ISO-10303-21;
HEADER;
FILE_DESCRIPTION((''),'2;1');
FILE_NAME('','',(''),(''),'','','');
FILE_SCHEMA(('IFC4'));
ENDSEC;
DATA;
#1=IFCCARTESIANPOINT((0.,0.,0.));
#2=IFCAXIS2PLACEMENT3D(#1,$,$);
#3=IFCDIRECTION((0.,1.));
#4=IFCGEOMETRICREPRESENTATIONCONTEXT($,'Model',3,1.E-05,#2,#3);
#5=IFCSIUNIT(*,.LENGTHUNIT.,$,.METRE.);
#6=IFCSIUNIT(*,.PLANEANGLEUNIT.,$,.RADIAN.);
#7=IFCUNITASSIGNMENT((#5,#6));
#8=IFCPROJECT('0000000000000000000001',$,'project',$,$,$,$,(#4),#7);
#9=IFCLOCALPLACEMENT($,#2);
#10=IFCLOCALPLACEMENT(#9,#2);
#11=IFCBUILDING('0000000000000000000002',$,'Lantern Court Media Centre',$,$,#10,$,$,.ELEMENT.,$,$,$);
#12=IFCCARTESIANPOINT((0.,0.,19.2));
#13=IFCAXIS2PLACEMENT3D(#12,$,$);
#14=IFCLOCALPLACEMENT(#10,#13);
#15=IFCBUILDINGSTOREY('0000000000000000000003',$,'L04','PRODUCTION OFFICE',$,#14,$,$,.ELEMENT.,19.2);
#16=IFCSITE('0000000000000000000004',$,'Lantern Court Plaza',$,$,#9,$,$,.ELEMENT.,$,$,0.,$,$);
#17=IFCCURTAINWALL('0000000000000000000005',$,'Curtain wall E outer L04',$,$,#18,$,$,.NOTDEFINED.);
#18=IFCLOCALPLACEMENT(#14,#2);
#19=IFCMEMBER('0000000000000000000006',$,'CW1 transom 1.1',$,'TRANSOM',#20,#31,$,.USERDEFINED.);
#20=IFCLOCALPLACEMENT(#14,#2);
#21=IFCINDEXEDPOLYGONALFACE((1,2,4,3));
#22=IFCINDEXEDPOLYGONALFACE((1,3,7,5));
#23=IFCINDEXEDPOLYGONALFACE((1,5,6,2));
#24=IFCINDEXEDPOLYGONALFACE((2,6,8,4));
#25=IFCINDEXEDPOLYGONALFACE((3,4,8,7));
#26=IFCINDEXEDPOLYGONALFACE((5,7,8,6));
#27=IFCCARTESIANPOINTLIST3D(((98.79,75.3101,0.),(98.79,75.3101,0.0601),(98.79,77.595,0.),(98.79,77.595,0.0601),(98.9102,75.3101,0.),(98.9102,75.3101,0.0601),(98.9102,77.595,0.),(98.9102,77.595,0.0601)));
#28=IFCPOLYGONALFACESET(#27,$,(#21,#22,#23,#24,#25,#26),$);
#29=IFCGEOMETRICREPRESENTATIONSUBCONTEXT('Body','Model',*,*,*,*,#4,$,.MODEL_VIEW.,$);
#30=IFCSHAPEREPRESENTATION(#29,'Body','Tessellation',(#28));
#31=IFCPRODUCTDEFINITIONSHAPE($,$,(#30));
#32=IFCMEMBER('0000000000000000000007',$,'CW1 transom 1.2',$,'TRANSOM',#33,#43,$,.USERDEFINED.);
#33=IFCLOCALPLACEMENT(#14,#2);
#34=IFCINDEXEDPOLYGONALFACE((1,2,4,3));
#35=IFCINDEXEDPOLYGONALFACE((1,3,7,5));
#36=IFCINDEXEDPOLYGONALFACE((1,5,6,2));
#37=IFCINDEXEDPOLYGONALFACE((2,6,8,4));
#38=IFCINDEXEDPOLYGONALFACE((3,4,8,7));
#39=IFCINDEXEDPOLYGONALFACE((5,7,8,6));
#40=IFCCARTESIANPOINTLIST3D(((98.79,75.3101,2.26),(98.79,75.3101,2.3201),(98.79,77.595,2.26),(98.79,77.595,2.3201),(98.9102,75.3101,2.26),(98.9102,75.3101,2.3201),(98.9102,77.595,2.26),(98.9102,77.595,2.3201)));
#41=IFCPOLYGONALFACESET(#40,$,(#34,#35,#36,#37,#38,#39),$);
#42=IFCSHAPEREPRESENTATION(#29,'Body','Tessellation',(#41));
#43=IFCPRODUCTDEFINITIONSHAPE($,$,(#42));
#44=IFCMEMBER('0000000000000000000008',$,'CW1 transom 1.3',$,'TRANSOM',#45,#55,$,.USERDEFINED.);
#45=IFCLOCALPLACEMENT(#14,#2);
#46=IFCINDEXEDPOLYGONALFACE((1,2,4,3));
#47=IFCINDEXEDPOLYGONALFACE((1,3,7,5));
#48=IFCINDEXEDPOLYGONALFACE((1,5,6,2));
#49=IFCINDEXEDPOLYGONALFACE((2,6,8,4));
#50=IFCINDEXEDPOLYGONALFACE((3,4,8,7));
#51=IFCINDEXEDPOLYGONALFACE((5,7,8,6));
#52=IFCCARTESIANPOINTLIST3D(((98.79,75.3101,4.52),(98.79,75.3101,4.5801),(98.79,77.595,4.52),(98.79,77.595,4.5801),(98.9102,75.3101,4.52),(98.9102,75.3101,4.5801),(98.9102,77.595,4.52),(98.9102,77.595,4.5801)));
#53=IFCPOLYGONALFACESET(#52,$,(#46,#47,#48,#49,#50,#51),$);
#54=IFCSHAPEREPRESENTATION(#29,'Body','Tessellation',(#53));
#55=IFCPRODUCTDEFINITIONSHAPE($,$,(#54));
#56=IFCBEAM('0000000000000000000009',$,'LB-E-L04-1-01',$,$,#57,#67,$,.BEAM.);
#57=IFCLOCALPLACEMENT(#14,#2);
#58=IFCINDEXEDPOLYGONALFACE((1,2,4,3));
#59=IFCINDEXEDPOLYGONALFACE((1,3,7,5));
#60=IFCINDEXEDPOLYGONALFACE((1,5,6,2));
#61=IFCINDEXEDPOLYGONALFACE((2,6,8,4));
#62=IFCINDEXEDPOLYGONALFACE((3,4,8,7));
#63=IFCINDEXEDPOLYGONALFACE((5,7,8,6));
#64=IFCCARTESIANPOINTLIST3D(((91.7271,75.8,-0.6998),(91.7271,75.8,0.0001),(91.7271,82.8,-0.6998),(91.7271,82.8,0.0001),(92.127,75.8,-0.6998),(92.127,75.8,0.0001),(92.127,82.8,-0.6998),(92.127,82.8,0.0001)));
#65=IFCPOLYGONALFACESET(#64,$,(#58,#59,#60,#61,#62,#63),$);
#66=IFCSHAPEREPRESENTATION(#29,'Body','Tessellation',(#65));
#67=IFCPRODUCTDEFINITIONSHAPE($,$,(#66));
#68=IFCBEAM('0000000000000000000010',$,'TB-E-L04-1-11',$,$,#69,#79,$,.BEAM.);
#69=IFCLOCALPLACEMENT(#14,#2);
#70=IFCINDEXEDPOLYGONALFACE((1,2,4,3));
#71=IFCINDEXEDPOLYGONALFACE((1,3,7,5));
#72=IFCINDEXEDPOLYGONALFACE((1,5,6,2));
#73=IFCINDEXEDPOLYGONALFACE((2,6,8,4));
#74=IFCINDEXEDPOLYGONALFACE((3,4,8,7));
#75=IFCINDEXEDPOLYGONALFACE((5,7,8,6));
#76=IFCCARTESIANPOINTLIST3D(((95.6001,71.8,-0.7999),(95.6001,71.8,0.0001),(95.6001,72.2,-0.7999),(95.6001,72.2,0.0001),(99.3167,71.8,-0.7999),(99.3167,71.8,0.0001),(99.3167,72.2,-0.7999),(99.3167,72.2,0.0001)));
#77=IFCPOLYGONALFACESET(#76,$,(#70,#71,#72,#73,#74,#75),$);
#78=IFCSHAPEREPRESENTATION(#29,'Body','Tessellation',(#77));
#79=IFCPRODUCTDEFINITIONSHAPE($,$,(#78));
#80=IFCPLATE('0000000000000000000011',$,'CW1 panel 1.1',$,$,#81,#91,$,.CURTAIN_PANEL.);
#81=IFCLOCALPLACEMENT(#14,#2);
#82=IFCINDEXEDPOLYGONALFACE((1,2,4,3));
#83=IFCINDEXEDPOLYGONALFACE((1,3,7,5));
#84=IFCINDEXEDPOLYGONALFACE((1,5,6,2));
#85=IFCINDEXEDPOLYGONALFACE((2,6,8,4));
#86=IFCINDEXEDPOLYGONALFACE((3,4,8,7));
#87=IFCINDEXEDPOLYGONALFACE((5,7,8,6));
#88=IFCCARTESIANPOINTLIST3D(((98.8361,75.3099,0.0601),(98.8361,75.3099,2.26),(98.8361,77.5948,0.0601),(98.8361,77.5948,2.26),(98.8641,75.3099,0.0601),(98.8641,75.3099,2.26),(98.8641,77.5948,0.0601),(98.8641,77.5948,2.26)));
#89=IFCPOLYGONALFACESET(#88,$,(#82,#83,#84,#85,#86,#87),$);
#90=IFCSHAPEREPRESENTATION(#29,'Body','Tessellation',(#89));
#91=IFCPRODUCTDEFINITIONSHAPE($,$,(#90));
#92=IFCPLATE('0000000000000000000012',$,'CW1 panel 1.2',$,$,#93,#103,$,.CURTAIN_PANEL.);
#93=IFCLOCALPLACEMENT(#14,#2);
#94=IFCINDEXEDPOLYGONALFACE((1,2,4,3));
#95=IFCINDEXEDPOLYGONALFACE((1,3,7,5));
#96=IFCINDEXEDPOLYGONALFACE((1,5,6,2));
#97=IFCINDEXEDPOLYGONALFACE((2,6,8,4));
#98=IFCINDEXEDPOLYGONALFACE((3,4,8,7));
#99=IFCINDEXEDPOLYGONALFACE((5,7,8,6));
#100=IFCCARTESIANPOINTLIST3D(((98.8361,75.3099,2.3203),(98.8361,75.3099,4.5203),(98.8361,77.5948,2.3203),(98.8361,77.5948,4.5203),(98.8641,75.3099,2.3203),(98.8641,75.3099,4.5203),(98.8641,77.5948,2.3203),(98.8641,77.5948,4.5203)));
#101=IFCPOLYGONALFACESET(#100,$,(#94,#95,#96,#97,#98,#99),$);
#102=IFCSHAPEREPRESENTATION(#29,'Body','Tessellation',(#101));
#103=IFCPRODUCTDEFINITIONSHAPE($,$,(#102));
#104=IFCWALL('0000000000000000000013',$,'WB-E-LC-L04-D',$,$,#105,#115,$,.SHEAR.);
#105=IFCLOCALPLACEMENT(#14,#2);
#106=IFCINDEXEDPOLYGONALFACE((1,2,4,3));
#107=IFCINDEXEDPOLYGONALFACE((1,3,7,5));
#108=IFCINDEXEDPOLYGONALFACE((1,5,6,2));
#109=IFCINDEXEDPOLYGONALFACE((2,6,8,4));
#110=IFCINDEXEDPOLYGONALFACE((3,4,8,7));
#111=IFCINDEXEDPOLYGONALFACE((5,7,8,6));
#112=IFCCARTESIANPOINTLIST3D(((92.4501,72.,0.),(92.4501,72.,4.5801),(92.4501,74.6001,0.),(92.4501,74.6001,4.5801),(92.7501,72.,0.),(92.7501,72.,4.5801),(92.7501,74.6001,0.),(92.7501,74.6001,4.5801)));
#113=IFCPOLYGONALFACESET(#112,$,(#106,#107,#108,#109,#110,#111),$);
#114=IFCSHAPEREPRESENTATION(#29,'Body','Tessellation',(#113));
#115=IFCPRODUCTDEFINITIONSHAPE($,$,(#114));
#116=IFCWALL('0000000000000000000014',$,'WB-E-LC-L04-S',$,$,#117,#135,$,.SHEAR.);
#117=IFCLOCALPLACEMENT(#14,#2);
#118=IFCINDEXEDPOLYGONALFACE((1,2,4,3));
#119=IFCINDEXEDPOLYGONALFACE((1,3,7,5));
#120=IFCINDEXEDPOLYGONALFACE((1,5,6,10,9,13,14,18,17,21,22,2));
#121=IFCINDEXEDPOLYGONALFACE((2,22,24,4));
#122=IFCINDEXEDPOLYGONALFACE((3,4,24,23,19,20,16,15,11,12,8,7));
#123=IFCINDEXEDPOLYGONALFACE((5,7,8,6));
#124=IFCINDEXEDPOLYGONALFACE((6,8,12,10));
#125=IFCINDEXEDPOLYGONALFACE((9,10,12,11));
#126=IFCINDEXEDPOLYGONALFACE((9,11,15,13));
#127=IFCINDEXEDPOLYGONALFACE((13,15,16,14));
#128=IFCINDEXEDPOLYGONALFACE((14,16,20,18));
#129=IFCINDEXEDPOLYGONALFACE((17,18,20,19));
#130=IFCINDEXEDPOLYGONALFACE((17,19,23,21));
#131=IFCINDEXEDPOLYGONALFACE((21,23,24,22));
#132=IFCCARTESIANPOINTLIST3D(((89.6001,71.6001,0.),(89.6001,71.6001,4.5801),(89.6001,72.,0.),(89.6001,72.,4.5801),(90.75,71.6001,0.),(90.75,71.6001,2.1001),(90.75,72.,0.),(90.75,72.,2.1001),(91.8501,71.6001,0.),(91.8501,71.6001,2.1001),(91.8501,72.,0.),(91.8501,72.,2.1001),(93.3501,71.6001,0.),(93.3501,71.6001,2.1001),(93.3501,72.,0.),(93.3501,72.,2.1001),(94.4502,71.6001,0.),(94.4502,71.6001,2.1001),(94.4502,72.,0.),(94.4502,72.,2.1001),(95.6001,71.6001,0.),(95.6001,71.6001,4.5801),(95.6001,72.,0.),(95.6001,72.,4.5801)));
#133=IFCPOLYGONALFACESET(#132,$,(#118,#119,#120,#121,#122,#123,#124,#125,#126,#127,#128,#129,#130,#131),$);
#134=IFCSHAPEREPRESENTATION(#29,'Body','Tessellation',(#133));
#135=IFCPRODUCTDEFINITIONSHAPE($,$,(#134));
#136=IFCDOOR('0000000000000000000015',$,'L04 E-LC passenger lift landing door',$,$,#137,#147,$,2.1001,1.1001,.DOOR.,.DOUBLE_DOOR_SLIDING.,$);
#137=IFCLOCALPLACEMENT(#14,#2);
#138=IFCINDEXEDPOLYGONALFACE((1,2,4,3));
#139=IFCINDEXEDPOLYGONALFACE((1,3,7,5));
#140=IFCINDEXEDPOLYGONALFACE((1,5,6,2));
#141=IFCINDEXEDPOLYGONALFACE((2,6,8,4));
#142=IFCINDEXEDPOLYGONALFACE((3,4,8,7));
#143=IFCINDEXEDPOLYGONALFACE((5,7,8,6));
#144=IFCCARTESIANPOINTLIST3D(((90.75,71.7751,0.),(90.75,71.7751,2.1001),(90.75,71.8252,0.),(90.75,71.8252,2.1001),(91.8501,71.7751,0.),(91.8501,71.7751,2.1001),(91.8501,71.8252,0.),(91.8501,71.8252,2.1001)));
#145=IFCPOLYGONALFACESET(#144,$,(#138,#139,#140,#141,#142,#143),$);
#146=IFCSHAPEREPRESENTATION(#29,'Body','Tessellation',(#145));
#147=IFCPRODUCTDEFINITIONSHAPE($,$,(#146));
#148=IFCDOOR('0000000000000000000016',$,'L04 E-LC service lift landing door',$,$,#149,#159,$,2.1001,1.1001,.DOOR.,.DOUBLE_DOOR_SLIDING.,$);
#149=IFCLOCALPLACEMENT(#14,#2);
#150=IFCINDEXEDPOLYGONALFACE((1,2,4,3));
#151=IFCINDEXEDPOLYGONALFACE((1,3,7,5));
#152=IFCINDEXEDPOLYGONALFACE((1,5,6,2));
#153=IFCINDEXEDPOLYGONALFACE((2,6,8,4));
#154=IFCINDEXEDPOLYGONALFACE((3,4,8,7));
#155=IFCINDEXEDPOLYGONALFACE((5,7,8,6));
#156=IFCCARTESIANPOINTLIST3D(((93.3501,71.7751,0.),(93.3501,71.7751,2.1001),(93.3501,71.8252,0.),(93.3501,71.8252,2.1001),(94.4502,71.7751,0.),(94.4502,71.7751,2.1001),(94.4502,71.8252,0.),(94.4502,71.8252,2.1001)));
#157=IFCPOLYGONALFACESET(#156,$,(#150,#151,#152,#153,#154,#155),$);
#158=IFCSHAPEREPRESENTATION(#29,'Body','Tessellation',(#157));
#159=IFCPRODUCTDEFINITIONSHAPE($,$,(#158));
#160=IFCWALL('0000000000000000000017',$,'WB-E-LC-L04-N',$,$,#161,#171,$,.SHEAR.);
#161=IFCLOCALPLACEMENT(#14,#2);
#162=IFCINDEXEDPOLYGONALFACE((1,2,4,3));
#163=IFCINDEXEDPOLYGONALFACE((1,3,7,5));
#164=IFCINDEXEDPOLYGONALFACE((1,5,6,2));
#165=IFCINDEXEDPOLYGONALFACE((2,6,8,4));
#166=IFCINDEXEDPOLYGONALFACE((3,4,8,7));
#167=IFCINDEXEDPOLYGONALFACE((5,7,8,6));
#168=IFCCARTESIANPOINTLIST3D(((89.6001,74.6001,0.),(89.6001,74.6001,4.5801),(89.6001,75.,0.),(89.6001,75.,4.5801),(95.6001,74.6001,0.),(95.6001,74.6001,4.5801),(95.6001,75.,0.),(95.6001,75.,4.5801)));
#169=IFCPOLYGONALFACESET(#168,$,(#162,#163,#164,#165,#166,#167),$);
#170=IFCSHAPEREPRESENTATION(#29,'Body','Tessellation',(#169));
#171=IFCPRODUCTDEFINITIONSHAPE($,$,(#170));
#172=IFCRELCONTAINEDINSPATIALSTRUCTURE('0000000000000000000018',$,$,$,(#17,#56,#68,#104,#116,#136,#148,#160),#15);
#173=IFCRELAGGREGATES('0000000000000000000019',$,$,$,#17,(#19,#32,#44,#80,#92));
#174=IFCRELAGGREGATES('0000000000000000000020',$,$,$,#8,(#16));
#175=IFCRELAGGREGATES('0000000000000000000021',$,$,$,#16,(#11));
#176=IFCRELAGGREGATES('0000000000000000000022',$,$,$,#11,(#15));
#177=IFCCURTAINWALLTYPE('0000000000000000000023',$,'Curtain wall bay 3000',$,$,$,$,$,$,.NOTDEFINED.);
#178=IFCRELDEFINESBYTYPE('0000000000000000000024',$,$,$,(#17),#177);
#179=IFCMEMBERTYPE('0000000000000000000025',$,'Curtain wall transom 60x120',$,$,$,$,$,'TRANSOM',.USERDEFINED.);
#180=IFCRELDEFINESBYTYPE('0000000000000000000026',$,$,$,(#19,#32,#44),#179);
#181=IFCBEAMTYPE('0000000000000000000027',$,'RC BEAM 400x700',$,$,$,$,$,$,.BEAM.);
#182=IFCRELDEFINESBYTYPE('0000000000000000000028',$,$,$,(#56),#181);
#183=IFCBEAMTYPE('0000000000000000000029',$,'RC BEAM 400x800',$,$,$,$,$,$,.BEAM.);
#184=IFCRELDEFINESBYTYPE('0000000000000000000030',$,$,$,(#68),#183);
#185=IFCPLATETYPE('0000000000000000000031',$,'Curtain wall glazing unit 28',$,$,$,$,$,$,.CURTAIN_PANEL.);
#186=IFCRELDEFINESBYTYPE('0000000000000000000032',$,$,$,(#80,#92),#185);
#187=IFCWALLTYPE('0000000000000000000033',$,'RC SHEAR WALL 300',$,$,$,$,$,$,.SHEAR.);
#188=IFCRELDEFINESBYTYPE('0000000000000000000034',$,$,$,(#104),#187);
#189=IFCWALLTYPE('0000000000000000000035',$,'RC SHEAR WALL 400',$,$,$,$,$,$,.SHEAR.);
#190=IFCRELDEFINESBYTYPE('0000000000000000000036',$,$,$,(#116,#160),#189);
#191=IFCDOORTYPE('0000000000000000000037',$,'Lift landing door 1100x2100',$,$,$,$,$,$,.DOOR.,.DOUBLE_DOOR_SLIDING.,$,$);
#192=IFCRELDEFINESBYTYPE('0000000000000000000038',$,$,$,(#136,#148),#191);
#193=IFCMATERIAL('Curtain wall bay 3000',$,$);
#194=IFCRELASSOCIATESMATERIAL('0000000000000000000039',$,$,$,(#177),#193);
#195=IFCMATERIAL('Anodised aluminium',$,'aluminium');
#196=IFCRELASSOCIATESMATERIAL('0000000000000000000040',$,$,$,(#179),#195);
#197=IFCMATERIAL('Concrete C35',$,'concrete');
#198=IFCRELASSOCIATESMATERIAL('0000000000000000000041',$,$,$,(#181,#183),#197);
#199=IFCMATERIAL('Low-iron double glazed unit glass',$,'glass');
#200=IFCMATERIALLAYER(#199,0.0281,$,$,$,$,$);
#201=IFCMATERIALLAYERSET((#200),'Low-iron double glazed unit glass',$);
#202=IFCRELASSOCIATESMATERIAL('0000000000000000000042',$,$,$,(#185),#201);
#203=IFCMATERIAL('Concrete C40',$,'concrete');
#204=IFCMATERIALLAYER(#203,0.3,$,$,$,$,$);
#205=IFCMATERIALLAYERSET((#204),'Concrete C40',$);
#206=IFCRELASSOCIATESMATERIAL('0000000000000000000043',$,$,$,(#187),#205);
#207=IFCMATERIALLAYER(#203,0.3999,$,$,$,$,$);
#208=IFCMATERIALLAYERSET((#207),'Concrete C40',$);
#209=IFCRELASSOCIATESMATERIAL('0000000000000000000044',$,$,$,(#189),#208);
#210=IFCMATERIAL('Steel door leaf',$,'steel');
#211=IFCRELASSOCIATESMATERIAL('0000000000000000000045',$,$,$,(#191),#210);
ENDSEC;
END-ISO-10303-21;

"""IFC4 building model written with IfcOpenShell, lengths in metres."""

from ifc_helpers import new_model, si_unit, direction, frame, frame_2d, origin, origin_2d, place, context, subcontext, project, spatial, rectangle, extrude, material, layer, layer_set, material_profile, profile_set, type_object, element, fill, aggregate, save


model = new_model("IFC4")

# Units and contexts
model_context = context("Model", 3, precision=1e-05, world=origin(), true_north=direction((0.0, 1.0)))
body_context = subcontext(model_context, "Body", "Model", "MODEL_VIEW")
ifc_project = project(units=[si_unit("LENGTHUNIT", "METRE"), si_unit("PLANEANGLEUNIT", "RADIAN")], contexts=[model_context])

# Site, building, storey
site_placement = place(None, origin())
site = spatial("IfcSite", under=ifc_project, at=site_placement, Name="Lantern Court Plaza", CompositionType="ELEMENT", RefElevation=0.0)
building_placement = place(site_placement, origin())
building = spatial("IfcBuilding", under=site, at=building_placement, Name="Lantern Court Media Centre", CompositionType="ELEMENT")
storey_placement = place(building_placement, frame((0.0, 0.0, 19.2)))
storey = spatial("IfcBuildingStorey", under=building, at=storey_placement, Name="L04", Description="PRODUCTION OFFICE", CompositionType="ELEMENT", Elevation=19.2)

# Curtain wall, members
ifc_material_1 = material(Name="Curtain wall bay 3000")
curtain_wall_type = type_object("IfcCurtainWallType", Name="Curtain wall bay 3000", PredefinedType="NOTDEFINED", material=ifc_material_1)
curtain_wall_placement = place(storey_placement, origin())
curtain_wall = element("IfcCurtainWall", 1, at=curtain_wall_placement, inside=storey, type_object=curtain_wall_type, Name="Curtain wall E outer L04", PredefinedType="NOTDEFINED")
ifc_material_2 = material(Name="Anodised aluminium", Category="aluminium")
ifc_material_profile_1 = material_profile(ifc_material_2, rectangle(XDim=0.1201, YDim=0.0601, at=origin_2d()), Name="AL 60x120")
ifc_profile_set_1 = profile_set([ifc_material_profile_1], Name="Anodised aluminium")
member_type = type_object("IfcMemberType", Name="Curtain wall transom 60x120", ElementType="TRANSOM", PredefinedType="USERDEFINED", material=ifc_profile_set_1)
member_1_placement = place(storey_placement, frame((98.8501, 75.3101, 0.03), z_axis=(0.0, 1.0, 0.0), x_axis=(-1.0, 0.0, 0.0)))
member_1 = element("IfcMember", 2, at=member_1_placement, type_object=member_type, Name="CW1 transom 1.1", ObjectType="TRANSOM", PredefinedType="USERDEFINED", context=body_context, shape_type="SweptSolid", body=[
    extrude(rectangle(XDim=0.1201, YDim=0.0601, at=origin_2d()), origin(), (0.0, 0.0, 1.0), 2.2849),
])
member_2_placement = place(storey_placement, frame((98.8501, 75.3101, 2.29), z_axis=(0.0, 1.0, 0.0), x_axis=(-1.0, 0.0, 0.0)))
member_2 = element("IfcMember", 3, at=member_2_placement, type_object=member_type, Name="CW1 transom 1.2", ObjectType="TRANSOM", PredefinedType="USERDEFINED", context=body_context, shape_type="SweptSolid", body=[
    extrude(rectangle(XDim=0.1201, YDim=0.0601, at=origin_2d()), origin(), (0.0, 0.0, 1.0), 2.2849),
])
member_3_placement = place(storey_placement, frame((98.8501, 75.3101, 4.55), z_axis=(0.0, 1.0, 0.0), x_axis=(-1.0, 0.0, 0.0)))
member_3 = element("IfcMember", 4, at=member_3_placement, type_object=member_type, Name="CW1 transom 1.3", ObjectType="TRANSOM", PredefinedType="USERDEFINED", context=body_context, shape_type="SweptSolid", body=[
    extrude(rectangle(XDim=0.1201, YDim=0.0601, at=origin_2d()), origin(), (0.0, 0.0, 1.0), 2.2849),
])

# Beams
ifc_material_3 = material(Name="Concrete C35", Category="concrete")
ifc_material_profile_2 = material_profile(ifc_material_3, rectangle(XDim=0.3999, YDim=0.7, at=origin_2d()), Name="RC 400x700")
ifc_profile_set_2 = profile_set([ifc_material_profile_2], Name="Concrete C35")
beam_type_1 = type_object("IfcBeamType", Name="RC BEAM 400x700", PredefinedType="BEAM", material=ifc_profile_set_2)
beam_1_placement = place(storey_placement, frame((91.927, 75.8, -0.3499), z_axis=(0.0, 1.0, 0.0), x_axis=(-1.0, 0.0, 0.0)))
element("IfcBeam", 5, at=beam_1_placement, inside=storey, type_object=beam_type_1, Name="LB-E-L04-1-01", PredefinedType="BEAM", context=body_context, shape_type="SweptSolid", body=[
    extrude(rectangle(XDim=0.3999, YDim=0.7, at=origin_2d()), origin(), (0.0, 0.0, 1.0), 7.0),
])
ifc_material_profile_3 = material_profile(ifc_material_3, rectangle(XDim=0.3999, YDim=0.8, at=origin_2d()), Name="RC 400x800")
ifc_profile_set_3 = profile_set([ifc_material_profile_3], Name="Concrete C35")
beam_type_2 = type_object("IfcBeamType", Name="RC BEAM 400x800", PredefinedType="BEAM", material=ifc_profile_set_3)
beam_2_placement = place(storey_placement, frame((95.6001, 72.0, -0.3999), z_axis=(1.0, 0.0, 0.0), x_axis=(0.0, 1.0, 0.0)))
element("IfcBeam", 6, at=beam_2_placement, inside=storey, type_object=beam_type_2, Name="TB-E-L04-1-11", PredefinedType="BEAM", context=body_context, shape_type="SweptSolid", body=[
    extrude(rectangle(XDim=0.3999, YDim=0.8, at=origin_2d()), origin(), (0.0, 0.0, 1.0), 3.7166),
])

# Plates
ifc_material_4 = material(Name="Low-iron double glazed unit glass", Category="glass")
ifc_layer_1 = layer(ifc_material_4, 0.0281)
ifc_layer_set_1 = layer_set([ifc_layer_1], Name="Low-iron double glazed unit glass")
plate_type = type_object("IfcPlateType", Name="Curtain wall glazing unit 28", PredefinedType="CURTAIN_PANEL", material=ifc_layer_set_1)
plate_1_placement = place(storey_placement, frame((98.8501, 76.4524, 0.0601), z_axis=(0.0, 0.0, 1.0), x_axis=(0.0, 1.0, 0.0)))
plate_1 = element("IfcPlate", 7, at=plate_1_placement, type_object=plate_type, Name="CW1 panel 1.1", PredefinedType="CURTAIN_PANEL", context=body_context, shape_type="SweptSolid", body=[
    extrude(rectangle(XDim=2.2849, YDim=0.0281, at=origin_2d()), origin(), (0.0, 0.0, 1.0), 2.2),
])
plate_2_placement = place(storey_placement, frame((98.8501, 76.4524, 2.3203), z_axis=(0.0, 0.0, 1.0), x_axis=(0.0, 1.0, 0.0)))
plate_2 = element("IfcPlate", 8, at=plate_2_placement, type_object=plate_type, Name="CW1 panel 1.2", PredefinedType="CURTAIN_PANEL", context=body_context, shape_type="SweptSolid", body=[
    extrude(rectangle(XDim=2.2849, YDim=0.0281, at=origin_2d()), origin(), (0.0, 0.0, 1.0), 2.2),
])
aggregate(curtain_wall, [member_1, member_2, member_3, plate_1, plate_2])

# Wall
ifc_material_5 = material(Name="Concrete C40", Category="concrete")
ifc_layer_2 = layer(ifc_material_5, 0.3)
ifc_layer_set_2 = layer_set([ifc_layer_2], Name="Concrete C40")
wall_type_1 = type_object("IfcWallType", Name="RC SHEAR WALL 300", PredefinedType="SHEAR", material=ifc_layer_set_2)
wall_1_placement = place(storey_placement, frame((92.6001, 72.0, 0.0), z_axis=(0.0, 0.0, 1.0), x_axis=(0.0, 1.0, 0.0)))
element("IfcWall", 9, at=wall_1_placement, inside=storey, type_object=wall_type_1, Name="WB-E-LC-L04-D", PredefinedType="SHEAR", context=body_context, shape_type="SweptSolid", body=[
    extrude(rectangle(XDim=2.6001, YDim=0.3, at=frame_2d((1.3, 0.0))), origin(), (0.0, 0.0, 1.0), 4.5801),
])

# Wall, openings, doors
ifc_layer_3 = layer(ifc_material_5, 0.3999)
ifc_layer_set_3 = layer_set([ifc_layer_3], Name="Concrete C40")
wall_type_2 = type_object("IfcWallType", Name="RC SHEAR WALL 400", PredefinedType="SHEAR", material=ifc_layer_set_3)
wall_2_placement = place(storey_placement, frame((89.6001, 71.8, 0.0), z_axis=(0.0, 0.0, 1.0), x_axis=(1.0, 0.0, 0.0)))
wall_2 = element("IfcWall", 10, at=wall_2_placement, inside=storey, type_object=wall_type_2, Name="WB-E-LC-L04-S", PredefinedType="SHEAR", context=body_context, shape_type="SweptSolid", body=[
    extrude(rectangle(XDim=6.0, YDim=0.3999, at=frame_2d((3.0, 0.0))), origin(), (0.0, 0.0, 1.0), 4.5801),
])
opening_1_placement = place(wall_2_placement, frame((1.1499, 0.0, 0.0)))
opening_1 = element("IfcOpeningElement", 11, at=opening_1_placement, cuts=wall_2, PredefinedType="OPENING", context=body_context, shape_type="SweptSolid", body=[
    extrude(rectangle(XDim=1.1001, YDim=2.1001, at=frame_2d((0.55, 1.05))), frame((0.0, 0.21, 0.0), z_axis=(0.0, -1.0, 0.0), x_axis=(1.0, 0.0, 0.0)), (0.0, 0.0, 1.0), 0.4199),
])
opening_2_placement = place(wall_2_placement, frame((3.75, 0.0, 0.0)))
opening_2 = element("IfcOpeningElement", 12, at=opening_2_placement, cuts=wall_2, PredefinedType="OPENING", context=body_context, shape_type="SweptSolid", body=[
    extrude(rectangle(XDim=1.1001, YDim=2.1001, at=frame_2d((0.55, 1.05))), frame((0.0, 0.21, 0.0), z_axis=(0.0, -1.0, 0.0), x_axis=(1.0, 0.0, 0.0)), (0.0, 0.0, 1.0), 0.4199),
])
ifc_material_6 = material(Name="Steel door leaf", Category="steel")
door_type_1 = type_object("IfcDoorType", Name="Lift landing door 1100x2100", OperationType="DOUBLE_DOOR_SLIDING", PredefinedType="DOOR", material=ifc_material_6)
door_1_placement = place(opening_1_placement, frame((1.1001, 0.0, 0.0), z_axis=(0.0, 0.0, 1.0), x_axis=(-1.0, 0.0, 0.0)))
door_1 = element("IfcDoor", 13, at=door_1_placement, inside=storey, type_object=door_type_1, Name="L04 E-LC passenger lift landing door", OperationType="DOUBLE_DOOR_SLIDING", OverallHeight=2.1001, OverallWidth=1.1001, PredefinedType="DOOR", context=body_context, shape_type="SweptSolid", body=[
    extrude(rectangle(XDim=1.1001, YDim=2.1001, at=frame_2d((0.55, 1.05))), frame((0.0, 0.0249, 0.0), z_axis=(0.0, -1.0, 0.0), x_axis=(1.0, 0.0, 0.0)), (0.0, 0.0, 1.0), 0.05),
])
fill(opening_1, door_1)
door_2_placement = place(opening_2_placement, frame((1.1001, 0.0, 0.0), z_axis=(0.0, 0.0, 1.0), x_axis=(-1.0, 0.0, 0.0)))
door_2 = element("IfcDoor", 14, at=door_2_placement, inside=storey, type_object=door_type_1, Name="L04 E-LC service lift landing door", OperationType="DOUBLE_DOOR_SLIDING", OverallHeight=2.1001, OverallWidth=1.1001, PredefinedType="DOOR", context=body_context, shape_type="SweptSolid", body=[
    extrude(rectangle(XDim=1.1001, YDim=2.1001, at=frame_2d((0.55, 1.05))), frame((0.0, 0.0249, 0.0), z_axis=(0.0, -1.0, 0.0), x_axis=(1.0, 0.0, 0.0)), (0.0, 0.0, 1.0), 0.05),
])
fill(opening_2, door_2)

# Wall
wall_3_placement = place(storey_placement, frame((89.6001, 74.8, 0.0), z_axis=(0.0, 0.0, 1.0), x_axis=(1.0, 0.0, 0.0)))
element("IfcWall", 15, at=wall_3_placement, inside=storey, type_object=wall_type_2, Name="WB-E-LC-L04-N", PredefinedType="SHEAR", context=body_context, shape_type="SweptSolid", body=[
    extrude(rectangle(XDim=6.0, YDim=0.3999, at=frame_2d((3.0, 0.0))), origin(), (0.0, 0.0, 1.0), 4.5801),
])

save(model, "model.ifc")
